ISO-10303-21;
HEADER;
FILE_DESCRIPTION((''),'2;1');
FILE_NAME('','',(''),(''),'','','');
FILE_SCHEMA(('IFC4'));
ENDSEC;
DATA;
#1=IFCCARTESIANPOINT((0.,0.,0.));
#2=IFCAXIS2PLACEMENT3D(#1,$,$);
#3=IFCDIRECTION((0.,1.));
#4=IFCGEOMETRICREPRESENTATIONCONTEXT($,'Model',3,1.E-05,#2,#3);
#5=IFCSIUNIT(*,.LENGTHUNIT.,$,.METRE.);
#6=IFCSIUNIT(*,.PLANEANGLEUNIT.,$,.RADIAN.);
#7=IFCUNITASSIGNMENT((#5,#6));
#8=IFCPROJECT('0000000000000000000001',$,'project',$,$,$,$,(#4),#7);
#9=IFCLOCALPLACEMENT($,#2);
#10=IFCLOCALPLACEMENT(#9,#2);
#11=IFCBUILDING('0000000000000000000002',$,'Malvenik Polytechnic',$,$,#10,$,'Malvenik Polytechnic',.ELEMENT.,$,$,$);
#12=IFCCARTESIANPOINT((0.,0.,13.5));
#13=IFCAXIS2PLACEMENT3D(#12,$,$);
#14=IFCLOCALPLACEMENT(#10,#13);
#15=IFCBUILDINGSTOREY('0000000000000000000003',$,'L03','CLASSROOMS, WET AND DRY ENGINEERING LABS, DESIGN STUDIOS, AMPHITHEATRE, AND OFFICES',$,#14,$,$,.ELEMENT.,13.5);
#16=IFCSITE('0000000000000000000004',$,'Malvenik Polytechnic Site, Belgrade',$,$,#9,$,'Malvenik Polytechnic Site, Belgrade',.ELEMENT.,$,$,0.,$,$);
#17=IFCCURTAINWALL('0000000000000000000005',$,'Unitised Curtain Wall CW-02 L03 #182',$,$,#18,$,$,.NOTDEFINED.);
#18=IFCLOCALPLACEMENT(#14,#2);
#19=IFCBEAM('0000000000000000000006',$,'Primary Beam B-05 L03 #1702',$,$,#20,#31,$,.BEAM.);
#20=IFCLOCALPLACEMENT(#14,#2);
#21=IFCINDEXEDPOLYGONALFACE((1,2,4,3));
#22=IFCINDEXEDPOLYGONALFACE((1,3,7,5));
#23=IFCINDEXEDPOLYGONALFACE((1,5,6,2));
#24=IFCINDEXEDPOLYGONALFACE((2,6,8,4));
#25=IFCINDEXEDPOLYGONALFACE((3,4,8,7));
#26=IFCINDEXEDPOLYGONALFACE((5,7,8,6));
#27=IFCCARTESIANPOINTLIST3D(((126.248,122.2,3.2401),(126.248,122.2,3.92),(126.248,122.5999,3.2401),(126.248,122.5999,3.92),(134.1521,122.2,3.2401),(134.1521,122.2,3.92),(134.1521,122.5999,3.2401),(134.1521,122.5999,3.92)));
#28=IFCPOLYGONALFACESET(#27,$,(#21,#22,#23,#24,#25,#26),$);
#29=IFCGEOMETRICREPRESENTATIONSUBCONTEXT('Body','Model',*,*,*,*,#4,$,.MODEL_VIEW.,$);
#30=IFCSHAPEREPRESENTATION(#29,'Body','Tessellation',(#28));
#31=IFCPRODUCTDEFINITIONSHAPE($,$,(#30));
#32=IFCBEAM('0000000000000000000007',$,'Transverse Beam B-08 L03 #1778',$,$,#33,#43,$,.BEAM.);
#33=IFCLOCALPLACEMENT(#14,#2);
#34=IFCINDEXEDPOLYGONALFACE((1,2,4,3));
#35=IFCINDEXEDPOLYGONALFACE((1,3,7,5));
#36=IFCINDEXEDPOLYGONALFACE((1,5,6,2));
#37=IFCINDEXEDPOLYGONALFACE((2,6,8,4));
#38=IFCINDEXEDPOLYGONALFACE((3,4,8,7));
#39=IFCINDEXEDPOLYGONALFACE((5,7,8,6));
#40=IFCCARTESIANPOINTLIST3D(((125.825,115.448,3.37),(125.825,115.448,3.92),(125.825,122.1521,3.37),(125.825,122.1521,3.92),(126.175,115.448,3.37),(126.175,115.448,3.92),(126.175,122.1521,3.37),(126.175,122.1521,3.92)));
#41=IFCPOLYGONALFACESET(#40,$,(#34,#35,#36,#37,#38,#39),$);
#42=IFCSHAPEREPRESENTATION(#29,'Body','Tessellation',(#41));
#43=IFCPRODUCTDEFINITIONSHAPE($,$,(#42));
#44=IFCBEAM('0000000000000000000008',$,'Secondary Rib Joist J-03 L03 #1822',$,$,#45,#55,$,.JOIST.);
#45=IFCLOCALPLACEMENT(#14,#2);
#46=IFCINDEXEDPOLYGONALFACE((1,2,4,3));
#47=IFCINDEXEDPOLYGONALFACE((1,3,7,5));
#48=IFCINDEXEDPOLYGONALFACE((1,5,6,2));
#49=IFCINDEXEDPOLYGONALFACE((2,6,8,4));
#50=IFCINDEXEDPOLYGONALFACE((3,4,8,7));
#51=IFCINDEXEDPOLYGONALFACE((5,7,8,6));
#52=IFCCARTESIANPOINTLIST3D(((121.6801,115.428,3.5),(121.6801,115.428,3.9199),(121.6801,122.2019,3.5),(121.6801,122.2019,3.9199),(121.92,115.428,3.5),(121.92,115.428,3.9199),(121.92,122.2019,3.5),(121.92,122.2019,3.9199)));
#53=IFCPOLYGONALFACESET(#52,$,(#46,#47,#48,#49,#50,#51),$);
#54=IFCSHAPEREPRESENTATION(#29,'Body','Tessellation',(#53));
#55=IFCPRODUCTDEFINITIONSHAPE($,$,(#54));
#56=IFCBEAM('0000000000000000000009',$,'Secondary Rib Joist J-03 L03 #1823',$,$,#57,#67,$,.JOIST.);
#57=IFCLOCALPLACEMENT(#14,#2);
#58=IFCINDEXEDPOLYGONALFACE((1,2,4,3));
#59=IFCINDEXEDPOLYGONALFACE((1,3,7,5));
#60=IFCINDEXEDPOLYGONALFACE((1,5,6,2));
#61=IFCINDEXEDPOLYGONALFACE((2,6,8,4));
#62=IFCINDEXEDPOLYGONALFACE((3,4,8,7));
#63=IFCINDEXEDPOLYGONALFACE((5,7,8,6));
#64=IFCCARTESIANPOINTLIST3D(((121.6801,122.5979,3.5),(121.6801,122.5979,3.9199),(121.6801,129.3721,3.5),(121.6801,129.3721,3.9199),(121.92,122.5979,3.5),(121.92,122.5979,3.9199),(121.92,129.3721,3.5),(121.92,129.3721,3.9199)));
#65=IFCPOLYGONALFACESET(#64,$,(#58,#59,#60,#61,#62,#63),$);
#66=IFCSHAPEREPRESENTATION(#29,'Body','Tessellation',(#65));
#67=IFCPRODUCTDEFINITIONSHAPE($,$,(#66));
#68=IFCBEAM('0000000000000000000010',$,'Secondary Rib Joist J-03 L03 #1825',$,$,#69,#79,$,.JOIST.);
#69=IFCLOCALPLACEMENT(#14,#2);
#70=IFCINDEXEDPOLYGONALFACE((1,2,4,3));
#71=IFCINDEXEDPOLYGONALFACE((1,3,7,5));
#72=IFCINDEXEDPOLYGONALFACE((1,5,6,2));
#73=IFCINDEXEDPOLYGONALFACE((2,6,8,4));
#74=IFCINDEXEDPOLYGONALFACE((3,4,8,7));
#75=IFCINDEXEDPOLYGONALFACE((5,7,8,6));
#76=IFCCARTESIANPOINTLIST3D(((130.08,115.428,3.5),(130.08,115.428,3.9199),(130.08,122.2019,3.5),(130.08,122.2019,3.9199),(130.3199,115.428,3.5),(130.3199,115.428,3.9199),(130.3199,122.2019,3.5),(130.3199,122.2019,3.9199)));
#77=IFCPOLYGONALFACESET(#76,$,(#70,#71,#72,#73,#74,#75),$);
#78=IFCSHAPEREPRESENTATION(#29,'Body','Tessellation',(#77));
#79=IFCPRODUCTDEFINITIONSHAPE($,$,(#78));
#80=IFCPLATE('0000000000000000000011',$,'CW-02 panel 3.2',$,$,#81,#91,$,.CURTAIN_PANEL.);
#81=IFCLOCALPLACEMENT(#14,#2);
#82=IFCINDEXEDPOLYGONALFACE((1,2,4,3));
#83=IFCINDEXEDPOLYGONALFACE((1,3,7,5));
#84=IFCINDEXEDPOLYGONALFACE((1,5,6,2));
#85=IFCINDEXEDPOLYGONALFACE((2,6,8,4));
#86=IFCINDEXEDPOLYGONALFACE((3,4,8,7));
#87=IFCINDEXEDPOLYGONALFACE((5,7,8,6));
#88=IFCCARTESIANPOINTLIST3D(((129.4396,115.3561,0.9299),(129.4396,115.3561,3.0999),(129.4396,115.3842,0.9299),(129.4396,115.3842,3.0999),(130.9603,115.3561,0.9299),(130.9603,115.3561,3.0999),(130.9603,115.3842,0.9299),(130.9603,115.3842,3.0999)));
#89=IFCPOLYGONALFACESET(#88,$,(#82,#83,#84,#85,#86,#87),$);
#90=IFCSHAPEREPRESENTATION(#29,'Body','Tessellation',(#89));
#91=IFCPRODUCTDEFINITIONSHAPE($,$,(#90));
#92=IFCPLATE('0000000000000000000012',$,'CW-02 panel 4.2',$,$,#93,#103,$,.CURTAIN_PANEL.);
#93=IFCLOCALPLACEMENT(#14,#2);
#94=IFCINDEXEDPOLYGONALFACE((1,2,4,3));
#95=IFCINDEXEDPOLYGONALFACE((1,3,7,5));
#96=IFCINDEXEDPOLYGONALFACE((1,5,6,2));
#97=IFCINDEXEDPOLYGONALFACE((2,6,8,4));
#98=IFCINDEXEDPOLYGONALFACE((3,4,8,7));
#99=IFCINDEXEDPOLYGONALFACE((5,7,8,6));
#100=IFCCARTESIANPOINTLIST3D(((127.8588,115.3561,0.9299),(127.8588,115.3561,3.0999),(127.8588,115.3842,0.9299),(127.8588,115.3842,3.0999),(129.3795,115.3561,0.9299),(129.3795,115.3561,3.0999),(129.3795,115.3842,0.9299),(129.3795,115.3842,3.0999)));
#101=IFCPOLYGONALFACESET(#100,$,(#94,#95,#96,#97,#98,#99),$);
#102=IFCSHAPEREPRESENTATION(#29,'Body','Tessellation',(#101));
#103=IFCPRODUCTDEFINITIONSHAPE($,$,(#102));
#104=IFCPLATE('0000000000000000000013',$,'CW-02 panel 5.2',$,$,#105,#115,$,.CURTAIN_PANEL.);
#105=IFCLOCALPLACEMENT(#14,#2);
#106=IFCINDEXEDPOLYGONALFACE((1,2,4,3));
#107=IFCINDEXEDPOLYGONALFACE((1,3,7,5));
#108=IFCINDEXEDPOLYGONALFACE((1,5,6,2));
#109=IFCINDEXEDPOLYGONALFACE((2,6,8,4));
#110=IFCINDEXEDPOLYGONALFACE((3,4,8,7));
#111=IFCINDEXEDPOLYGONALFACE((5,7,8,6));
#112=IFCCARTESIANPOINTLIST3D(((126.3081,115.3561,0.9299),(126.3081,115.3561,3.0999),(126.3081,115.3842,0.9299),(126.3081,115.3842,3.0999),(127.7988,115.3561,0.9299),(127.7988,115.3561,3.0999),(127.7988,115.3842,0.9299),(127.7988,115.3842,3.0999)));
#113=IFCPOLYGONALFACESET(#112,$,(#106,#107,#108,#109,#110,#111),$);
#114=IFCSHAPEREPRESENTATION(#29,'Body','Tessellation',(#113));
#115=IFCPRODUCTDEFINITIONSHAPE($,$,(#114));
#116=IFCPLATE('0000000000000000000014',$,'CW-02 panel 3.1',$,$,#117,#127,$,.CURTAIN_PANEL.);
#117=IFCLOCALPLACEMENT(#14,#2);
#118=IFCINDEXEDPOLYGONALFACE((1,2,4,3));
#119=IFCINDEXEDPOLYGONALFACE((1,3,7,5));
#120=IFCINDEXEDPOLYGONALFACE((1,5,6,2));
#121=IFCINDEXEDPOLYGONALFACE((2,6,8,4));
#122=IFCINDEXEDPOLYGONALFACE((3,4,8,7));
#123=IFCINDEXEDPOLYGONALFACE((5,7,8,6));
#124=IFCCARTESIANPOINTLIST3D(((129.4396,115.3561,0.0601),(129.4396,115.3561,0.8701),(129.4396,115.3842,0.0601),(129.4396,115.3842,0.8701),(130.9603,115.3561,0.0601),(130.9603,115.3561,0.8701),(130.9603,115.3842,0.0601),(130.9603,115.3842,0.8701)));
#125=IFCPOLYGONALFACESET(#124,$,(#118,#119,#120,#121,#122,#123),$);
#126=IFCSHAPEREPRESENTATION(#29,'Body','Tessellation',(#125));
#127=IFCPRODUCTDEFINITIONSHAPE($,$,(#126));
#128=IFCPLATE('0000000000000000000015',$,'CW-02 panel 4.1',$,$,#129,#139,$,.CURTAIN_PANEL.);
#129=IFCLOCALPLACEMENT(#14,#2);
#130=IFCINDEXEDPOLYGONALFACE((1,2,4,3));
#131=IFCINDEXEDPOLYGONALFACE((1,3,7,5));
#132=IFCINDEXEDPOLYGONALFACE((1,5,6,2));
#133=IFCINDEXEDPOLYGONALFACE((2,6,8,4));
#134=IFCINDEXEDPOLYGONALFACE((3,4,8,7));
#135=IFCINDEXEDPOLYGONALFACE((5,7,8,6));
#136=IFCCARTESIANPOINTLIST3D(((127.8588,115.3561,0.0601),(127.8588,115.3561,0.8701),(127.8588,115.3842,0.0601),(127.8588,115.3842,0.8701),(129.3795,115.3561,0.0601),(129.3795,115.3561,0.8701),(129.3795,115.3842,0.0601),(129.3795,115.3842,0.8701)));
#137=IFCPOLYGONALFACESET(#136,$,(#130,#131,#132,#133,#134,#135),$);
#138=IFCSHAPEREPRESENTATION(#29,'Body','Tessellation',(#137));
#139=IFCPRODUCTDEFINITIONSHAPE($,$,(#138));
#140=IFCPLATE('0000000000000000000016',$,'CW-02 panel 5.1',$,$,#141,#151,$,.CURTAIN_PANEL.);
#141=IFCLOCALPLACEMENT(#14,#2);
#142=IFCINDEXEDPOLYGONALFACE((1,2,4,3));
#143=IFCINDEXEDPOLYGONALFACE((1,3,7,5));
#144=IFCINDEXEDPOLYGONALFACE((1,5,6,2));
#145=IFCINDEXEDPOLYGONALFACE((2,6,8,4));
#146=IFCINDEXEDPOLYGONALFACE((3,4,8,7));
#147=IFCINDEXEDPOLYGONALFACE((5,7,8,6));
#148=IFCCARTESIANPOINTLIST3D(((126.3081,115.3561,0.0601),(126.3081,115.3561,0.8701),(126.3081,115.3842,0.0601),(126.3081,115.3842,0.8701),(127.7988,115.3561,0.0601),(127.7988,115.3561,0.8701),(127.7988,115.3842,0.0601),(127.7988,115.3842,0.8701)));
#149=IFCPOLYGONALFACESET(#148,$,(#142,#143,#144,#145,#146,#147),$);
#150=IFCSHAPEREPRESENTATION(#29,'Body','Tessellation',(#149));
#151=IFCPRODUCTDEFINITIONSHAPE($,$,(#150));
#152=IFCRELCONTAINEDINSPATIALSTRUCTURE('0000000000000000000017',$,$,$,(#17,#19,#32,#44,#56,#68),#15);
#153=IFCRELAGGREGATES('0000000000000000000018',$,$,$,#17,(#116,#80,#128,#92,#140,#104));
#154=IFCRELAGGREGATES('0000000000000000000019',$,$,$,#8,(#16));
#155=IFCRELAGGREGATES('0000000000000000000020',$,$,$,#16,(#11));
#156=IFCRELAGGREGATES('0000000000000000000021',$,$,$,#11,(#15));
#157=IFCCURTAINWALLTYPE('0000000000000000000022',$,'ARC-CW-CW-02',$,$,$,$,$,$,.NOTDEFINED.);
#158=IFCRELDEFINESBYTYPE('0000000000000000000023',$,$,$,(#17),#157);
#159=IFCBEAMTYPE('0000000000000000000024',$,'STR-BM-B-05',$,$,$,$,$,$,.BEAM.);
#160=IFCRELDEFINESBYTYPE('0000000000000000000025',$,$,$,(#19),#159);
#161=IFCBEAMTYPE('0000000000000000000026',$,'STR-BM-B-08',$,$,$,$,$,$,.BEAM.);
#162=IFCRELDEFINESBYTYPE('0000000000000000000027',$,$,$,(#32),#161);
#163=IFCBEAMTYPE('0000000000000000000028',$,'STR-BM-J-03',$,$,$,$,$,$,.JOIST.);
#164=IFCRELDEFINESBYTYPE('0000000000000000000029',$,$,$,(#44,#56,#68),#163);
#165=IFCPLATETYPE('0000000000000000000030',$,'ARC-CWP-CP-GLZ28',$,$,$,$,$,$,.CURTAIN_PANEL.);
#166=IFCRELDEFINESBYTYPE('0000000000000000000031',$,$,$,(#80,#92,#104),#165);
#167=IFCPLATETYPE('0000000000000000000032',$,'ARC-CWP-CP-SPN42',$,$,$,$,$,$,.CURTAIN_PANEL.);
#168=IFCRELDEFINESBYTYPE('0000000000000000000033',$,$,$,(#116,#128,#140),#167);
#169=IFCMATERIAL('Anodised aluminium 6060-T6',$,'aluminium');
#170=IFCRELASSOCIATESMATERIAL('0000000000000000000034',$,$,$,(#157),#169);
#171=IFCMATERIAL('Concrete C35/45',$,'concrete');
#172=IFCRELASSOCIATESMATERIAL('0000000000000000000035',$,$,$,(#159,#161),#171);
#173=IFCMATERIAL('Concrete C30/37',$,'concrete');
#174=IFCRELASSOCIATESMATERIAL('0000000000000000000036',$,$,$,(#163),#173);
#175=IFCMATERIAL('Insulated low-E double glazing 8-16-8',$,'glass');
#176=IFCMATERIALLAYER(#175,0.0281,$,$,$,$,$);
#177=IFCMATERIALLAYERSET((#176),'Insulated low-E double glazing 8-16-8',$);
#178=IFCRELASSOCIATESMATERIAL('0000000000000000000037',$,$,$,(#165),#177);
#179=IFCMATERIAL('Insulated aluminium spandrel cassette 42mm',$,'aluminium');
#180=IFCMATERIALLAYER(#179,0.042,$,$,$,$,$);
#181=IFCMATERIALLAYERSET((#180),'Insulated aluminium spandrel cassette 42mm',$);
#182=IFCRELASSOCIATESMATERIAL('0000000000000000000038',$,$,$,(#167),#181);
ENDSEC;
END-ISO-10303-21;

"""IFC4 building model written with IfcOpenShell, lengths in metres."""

from ifc_helpers import new_model, si_unit, direction, frame, origin, origin_2d, place, context, subcontext, project, spatial, rectangle, extrude, material, layer, layer_set, material_profile, profile_set, type_object, element, aggregate, save


model = new_model("IFC4")

# Units and contexts
model_context = context("Model", 3, precision=1e-05, world=origin(), true_north=direction((0.0, 1.0)))
body_context = subcontext(model_context, "Body", "Model", "MODEL_VIEW")
ifc_project = project(units=[si_unit("LENGTHUNIT", "METRE"), si_unit("PLANEANGLEUNIT", "RADIAN")], contexts=[model_context])

# Site, building, storey
site_placement = place(None, origin())
site = spatial("IfcSite", under=ifc_project, at=site_placement, Name="Malvenik Polytechnic Site, Belgrade", LongName="Malvenik Polytechnic Site, Belgrade", CompositionType="ELEMENT", RefElevation=0.0)
building_placement = place(site_placement, origin())
building = spatial("IfcBuilding", under=site, at=building_placement, Name="Malvenik Polytechnic", LongName="Malvenik Polytechnic", CompositionType="ELEMENT")
storey_placement = place(building_placement, frame((0.0, 0.0, 13.5)))
storey = spatial("IfcBuildingStorey", under=building, at=storey_placement, Name="L03", Description="CLASSROOMS, WET AND DRY ENGINEERING LABS, DESIGN STUDIOS, AMPHITHEATRE, AND OFFICES", CompositionType="ELEMENT", Elevation=13.5)

# Shared definitions
ifc_material_1 = material(Name="Concrete C35/45", Category="concrete")

# Curtain wall
ifc_material_2 = material(Name="Anodised aluminium 6060-T6", Category="aluminium")
curtain_wall_type = type_object("IfcCurtainWallType", Name="ARC-CW-CW-02", PredefinedType="NOTDEFINED", material=ifc_material_2)
curtain_wall_placement = place(storey_placement, origin())
curtain_wall = element("IfcCurtainWall", 1, at=curtain_wall_placement, inside=storey, type_object=curtain_wall_type, Name="Unitised Curtain Wall CW-02 L03 #182", PredefinedType="NOTDEFINED")

# Beams
ifc_material_profile_1 = material_profile(ifc_material_1, rectangle(XDim=0.3999, YDim=0.6799, at=origin_2d()), Name="RC BM 400x680")
ifc_profile_set_1 = profile_set([ifc_material_profile_1], Name="Concrete C35/45")
beam_type_1 = type_object("IfcBeamType", Name="STR-BM-B-05", PredefinedType="BEAM", material=ifc_profile_set_1)
beam_1_placement = place(storey_placement, frame((126.248, 122.3999, 3.5801), z_axis=(1.0, 0.0, 0.0), x_axis=(0.0, 1.0, 0.0)))
element("IfcBeam", 2, at=beam_1_placement, inside=storey, type_object=beam_type_1, Name="Primary Beam B-05 L03 #1702", PredefinedType="BEAM", context=body_context, shape_type="SweptSolid", body=[
    extrude(rectangle(XDim=0.3999, YDim=0.6799, at=origin_2d()), origin(), (0.0, 0.0, 1.0), 7.9041),
])
ifc_material_profile_2 = material_profile(ifc_material_1, rectangle(XDim=0.3501, YDim=0.55, at=origin_2d()), Name="RC BM 350x550")
ifc_profile_set_2 = profile_set([ifc_material_profile_2], Name="Concrete C35/45")
beam_type_2 = type_object("IfcBeamType", Name="STR-BM-B-08", PredefinedType="BEAM", material=ifc_profile_set_2)
beam_2_placement = place(storey_placement, frame((126.0, 115.448, 3.645), z_axis=(0.0, 1.0, 0.0), x_axis=(-1.0, 0.0, 0.0)))
element("IfcBeam", 3, at=beam_2_placement, inside=storey, type_object=beam_type_2, Name="Transverse Beam B-08 L03 #1778", PredefinedType="BEAM", context=body_context, shape_type="SweptSolid", body=[
    extrude(rectangle(XDim=0.3501, YDim=0.55, at=origin_2d()), origin(), (0.0, 0.0, 1.0), 6.7041),
])
ifc_material_3 = material(Name="Concrete C30/37", Category="concrete")
ifc_material_profile_3 = material_profile(ifc_material_3, rectangle(XDim=0.24, YDim=0.4199, at=origin_2d()), Name="RC JST 240x420")
ifc_profile_set_3 = profile_set([ifc_material_profile_3], Name="Concrete C30/37")
beam_type_3 = type_object("IfcBeamType", Name="STR-BM-J-03", PredefinedType="JOIST", material=ifc_profile_set_3)
beam_3_placement = place(storey_placement, frame((121.8, 115.428, 3.71), z_axis=(0.0, 1.0, 0.0), x_axis=(-1.0, 0.0, 0.0)))
element("IfcBeam", 4, at=beam_3_placement, inside=storey, type_object=beam_type_3, Name="Secondary Rib Joist J-03 L03 #1822", PredefinedType="JOIST", context=body_context, shape_type="SweptSolid", body=[
    extrude(rectangle(XDim=0.24, YDim=0.4199, at=origin_2d()), origin(), (0.0, 0.0, 1.0), 6.7739),
])
beam_4_placement = place(storey_placement, frame((121.8, 122.5979, 3.71), z_axis=(0.0, 1.0, 0.0), x_axis=(-1.0, 0.0, 0.0)))
element("IfcBeam", 5, at=beam_4_placement, inside=storey, type_object=beam_type_3, Name="Secondary Rib Joist J-03 L03 #1823", PredefinedType="JOIST", context=body_context, shape_type="SweptSolid", body=[
    extrude(rectangle(XDim=0.24, YDim=0.4199, at=origin_2d()), origin(), (0.0, 0.0, 1.0), 6.7742),
])
beam_5_placement = place(storey_placement, frame((130.2, 115.428, 3.71), z_axis=(0.0, 1.0, 0.0), x_axis=(-1.0, 0.0, 0.0)))
element("IfcBeam", 6, at=beam_5_placement, inside=storey, type_object=beam_type_3, Name="Secondary Rib Joist J-03 L03 #1825", PredefinedType="JOIST", context=body_context, shape_type="SweptSolid", body=[
    extrude(rectangle(XDim=0.24, YDim=0.4199, at=origin_2d()), origin(), (0.0, 0.0, 1.0), 6.7739),
])

# Plates
ifc_material_4 = material(Name="Insulated low-E double glazing 8-16-8", Category="glass")
ifc_layer_1 = layer(ifc_material_4, 0.0281)
ifc_layer_set_1 = layer_set([ifc_layer_1], Name="Insulated low-E double glazing 8-16-8")
plate_type_1 = type_object("IfcPlateType", Name="ARC-CWP-CP-GLZ28", PredefinedType="CURTAIN_PANEL", material=ifc_layer_set_1)
plate_1_placement = place(storey_placement, frame((130.2, 115.3701, 0.9299), z_axis=(0.0, 0.0, 1.0), x_axis=(-1.0, 0.0, 0.0)))
plate_1 = element("IfcPlate", 7, at=plate_1_placement, type_object=plate_type_1, Name="CW-02 panel 3.2", PredefinedType="CURTAIN_PANEL", context=body_context, shape_type="SweptSolid", body=[
    extrude(rectangle(XDim=1.5208, YDim=0.0281, at=origin_2d()), origin(), (0.0, 0.0, 1.0), 2.1699),
])
plate_2_placement = place(storey_placement, frame((128.6191, 115.3701, 0.9299), z_axis=(0.0, 0.0, 1.0), x_axis=(-1.0, 0.0, 0.0)))
plate_2 = element("IfcPlate", 8, at=plate_2_placement, type_object=plate_type_1, Name="CW-02 panel 4.2", PredefinedType="CURTAIN_PANEL", context=body_context, shape_type="SweptSolid", body=[
    extrude(rectangle(XDim=1.5208, YDim=0.0281, at=origin_2d()), origin(), (0.0, 0.0, 1.0), 2.1699),
])
plate_3_placement = place(storey_placement, frame((127.0535, 115.3701, 0.9299), z_axis=(0.0, 0.0, 1.0), x_axis=(-1.0, 0.0, 0.0)))
plate_3 = element("IfcPlate", 9, at=plate_3_placement, type_object=plate_type_1, Name="CW-02 panel 5.2", PredefinedType="CURTAIN_PANEL", context=body_context, shape_type="SweptSolid", body=[
    extrude(rectangle(XDim=1.4907, YDim=0.0281, at=origin_2d()), origin(), (0.0, 0.0, 1.0), 2.1699),
])
ifc_material_5 = material(Name="Insulated aluminium spandrel cassette 42mm", Category="aluminium")
ifc_layer_2 = layer(ifc_material_5, 0.042)
ifc_layer_set_2 = layer_set([ifc_layer_2], Name="Insulated aluminium spandrel cassette 42mm")
plate_type_2 = type_object("IfcPlateType", Name="ARC-CWP-CP-SPN42", PredefinedType="CURTAIN_PANEL", material=ifc_layer_set_2)
plate_4_placement = place(storey_placement, frame((130.2, 115.3701, 0.0601), z_axis=(0.0, 0.0, 1.0), x_axis=(-1.0, 0.0, 0.0)))
plate_4 = element("IfcPlate", 10, at=plate_4_placement, type_object=plate_type_2, Name="CW-02 panel 3.1", PredefinedType="CURTAIN_PANEL", context=body_context, shape_type="SweptSolid", body=[
    extrude(rectangle(XDim=1.5208, YDim=0.0281, at=origin_2d()), origin(), (0.0, 0.0, 1.0), 0.8101),
])
plate_5_placement = place(storey_placement, frame((128.6191, 115.3701, 0.0601), z_axis=(0.0, 0.0, 1.0), x_axis=(-1.0, 0.0, 0.0)))
plate_5 = element("IfcPlate", 11, at=plate_5_placement, type_object=plate_type_2, Name="CW-02 panel 4.1", PredefinedType="CURTAIN_PANEL", context=body_context, shape_type="SweptSolid", body=[
    extrude(rectangle(XDim=1.5208, YDim=0.0281, at=origin_2d()), origin(), (0.0, 0.0, 1.0), 0.8101),
])
plate_6_placement = place(storey_placement, frame((127.0535, 115.3701, 0.0601), z_axis=(0.0, 0.0, 1.0), x_axis=(-1.0, 0.0, 0.0)))
plate_6 = element("IfcPlate", 12, at=plate_6_placement, type_object=plate_type_2, Name="CW-02 panel 5.1", PredefinedType="CURTAIN_PANEL", context=body_context, shape_type="SweptSolid", body=[
    extrude(rectangle(XDim=1.4907, YDim=0.0281, at=origin_2d()), origin(), (0.0, 0.0, 1.0), 0.8101),
])
aggregate(curtain_wall, [plate_4, plate_1, plate_5, plate_2, plate_6, plate_3])

save(model, "model.ifc")
